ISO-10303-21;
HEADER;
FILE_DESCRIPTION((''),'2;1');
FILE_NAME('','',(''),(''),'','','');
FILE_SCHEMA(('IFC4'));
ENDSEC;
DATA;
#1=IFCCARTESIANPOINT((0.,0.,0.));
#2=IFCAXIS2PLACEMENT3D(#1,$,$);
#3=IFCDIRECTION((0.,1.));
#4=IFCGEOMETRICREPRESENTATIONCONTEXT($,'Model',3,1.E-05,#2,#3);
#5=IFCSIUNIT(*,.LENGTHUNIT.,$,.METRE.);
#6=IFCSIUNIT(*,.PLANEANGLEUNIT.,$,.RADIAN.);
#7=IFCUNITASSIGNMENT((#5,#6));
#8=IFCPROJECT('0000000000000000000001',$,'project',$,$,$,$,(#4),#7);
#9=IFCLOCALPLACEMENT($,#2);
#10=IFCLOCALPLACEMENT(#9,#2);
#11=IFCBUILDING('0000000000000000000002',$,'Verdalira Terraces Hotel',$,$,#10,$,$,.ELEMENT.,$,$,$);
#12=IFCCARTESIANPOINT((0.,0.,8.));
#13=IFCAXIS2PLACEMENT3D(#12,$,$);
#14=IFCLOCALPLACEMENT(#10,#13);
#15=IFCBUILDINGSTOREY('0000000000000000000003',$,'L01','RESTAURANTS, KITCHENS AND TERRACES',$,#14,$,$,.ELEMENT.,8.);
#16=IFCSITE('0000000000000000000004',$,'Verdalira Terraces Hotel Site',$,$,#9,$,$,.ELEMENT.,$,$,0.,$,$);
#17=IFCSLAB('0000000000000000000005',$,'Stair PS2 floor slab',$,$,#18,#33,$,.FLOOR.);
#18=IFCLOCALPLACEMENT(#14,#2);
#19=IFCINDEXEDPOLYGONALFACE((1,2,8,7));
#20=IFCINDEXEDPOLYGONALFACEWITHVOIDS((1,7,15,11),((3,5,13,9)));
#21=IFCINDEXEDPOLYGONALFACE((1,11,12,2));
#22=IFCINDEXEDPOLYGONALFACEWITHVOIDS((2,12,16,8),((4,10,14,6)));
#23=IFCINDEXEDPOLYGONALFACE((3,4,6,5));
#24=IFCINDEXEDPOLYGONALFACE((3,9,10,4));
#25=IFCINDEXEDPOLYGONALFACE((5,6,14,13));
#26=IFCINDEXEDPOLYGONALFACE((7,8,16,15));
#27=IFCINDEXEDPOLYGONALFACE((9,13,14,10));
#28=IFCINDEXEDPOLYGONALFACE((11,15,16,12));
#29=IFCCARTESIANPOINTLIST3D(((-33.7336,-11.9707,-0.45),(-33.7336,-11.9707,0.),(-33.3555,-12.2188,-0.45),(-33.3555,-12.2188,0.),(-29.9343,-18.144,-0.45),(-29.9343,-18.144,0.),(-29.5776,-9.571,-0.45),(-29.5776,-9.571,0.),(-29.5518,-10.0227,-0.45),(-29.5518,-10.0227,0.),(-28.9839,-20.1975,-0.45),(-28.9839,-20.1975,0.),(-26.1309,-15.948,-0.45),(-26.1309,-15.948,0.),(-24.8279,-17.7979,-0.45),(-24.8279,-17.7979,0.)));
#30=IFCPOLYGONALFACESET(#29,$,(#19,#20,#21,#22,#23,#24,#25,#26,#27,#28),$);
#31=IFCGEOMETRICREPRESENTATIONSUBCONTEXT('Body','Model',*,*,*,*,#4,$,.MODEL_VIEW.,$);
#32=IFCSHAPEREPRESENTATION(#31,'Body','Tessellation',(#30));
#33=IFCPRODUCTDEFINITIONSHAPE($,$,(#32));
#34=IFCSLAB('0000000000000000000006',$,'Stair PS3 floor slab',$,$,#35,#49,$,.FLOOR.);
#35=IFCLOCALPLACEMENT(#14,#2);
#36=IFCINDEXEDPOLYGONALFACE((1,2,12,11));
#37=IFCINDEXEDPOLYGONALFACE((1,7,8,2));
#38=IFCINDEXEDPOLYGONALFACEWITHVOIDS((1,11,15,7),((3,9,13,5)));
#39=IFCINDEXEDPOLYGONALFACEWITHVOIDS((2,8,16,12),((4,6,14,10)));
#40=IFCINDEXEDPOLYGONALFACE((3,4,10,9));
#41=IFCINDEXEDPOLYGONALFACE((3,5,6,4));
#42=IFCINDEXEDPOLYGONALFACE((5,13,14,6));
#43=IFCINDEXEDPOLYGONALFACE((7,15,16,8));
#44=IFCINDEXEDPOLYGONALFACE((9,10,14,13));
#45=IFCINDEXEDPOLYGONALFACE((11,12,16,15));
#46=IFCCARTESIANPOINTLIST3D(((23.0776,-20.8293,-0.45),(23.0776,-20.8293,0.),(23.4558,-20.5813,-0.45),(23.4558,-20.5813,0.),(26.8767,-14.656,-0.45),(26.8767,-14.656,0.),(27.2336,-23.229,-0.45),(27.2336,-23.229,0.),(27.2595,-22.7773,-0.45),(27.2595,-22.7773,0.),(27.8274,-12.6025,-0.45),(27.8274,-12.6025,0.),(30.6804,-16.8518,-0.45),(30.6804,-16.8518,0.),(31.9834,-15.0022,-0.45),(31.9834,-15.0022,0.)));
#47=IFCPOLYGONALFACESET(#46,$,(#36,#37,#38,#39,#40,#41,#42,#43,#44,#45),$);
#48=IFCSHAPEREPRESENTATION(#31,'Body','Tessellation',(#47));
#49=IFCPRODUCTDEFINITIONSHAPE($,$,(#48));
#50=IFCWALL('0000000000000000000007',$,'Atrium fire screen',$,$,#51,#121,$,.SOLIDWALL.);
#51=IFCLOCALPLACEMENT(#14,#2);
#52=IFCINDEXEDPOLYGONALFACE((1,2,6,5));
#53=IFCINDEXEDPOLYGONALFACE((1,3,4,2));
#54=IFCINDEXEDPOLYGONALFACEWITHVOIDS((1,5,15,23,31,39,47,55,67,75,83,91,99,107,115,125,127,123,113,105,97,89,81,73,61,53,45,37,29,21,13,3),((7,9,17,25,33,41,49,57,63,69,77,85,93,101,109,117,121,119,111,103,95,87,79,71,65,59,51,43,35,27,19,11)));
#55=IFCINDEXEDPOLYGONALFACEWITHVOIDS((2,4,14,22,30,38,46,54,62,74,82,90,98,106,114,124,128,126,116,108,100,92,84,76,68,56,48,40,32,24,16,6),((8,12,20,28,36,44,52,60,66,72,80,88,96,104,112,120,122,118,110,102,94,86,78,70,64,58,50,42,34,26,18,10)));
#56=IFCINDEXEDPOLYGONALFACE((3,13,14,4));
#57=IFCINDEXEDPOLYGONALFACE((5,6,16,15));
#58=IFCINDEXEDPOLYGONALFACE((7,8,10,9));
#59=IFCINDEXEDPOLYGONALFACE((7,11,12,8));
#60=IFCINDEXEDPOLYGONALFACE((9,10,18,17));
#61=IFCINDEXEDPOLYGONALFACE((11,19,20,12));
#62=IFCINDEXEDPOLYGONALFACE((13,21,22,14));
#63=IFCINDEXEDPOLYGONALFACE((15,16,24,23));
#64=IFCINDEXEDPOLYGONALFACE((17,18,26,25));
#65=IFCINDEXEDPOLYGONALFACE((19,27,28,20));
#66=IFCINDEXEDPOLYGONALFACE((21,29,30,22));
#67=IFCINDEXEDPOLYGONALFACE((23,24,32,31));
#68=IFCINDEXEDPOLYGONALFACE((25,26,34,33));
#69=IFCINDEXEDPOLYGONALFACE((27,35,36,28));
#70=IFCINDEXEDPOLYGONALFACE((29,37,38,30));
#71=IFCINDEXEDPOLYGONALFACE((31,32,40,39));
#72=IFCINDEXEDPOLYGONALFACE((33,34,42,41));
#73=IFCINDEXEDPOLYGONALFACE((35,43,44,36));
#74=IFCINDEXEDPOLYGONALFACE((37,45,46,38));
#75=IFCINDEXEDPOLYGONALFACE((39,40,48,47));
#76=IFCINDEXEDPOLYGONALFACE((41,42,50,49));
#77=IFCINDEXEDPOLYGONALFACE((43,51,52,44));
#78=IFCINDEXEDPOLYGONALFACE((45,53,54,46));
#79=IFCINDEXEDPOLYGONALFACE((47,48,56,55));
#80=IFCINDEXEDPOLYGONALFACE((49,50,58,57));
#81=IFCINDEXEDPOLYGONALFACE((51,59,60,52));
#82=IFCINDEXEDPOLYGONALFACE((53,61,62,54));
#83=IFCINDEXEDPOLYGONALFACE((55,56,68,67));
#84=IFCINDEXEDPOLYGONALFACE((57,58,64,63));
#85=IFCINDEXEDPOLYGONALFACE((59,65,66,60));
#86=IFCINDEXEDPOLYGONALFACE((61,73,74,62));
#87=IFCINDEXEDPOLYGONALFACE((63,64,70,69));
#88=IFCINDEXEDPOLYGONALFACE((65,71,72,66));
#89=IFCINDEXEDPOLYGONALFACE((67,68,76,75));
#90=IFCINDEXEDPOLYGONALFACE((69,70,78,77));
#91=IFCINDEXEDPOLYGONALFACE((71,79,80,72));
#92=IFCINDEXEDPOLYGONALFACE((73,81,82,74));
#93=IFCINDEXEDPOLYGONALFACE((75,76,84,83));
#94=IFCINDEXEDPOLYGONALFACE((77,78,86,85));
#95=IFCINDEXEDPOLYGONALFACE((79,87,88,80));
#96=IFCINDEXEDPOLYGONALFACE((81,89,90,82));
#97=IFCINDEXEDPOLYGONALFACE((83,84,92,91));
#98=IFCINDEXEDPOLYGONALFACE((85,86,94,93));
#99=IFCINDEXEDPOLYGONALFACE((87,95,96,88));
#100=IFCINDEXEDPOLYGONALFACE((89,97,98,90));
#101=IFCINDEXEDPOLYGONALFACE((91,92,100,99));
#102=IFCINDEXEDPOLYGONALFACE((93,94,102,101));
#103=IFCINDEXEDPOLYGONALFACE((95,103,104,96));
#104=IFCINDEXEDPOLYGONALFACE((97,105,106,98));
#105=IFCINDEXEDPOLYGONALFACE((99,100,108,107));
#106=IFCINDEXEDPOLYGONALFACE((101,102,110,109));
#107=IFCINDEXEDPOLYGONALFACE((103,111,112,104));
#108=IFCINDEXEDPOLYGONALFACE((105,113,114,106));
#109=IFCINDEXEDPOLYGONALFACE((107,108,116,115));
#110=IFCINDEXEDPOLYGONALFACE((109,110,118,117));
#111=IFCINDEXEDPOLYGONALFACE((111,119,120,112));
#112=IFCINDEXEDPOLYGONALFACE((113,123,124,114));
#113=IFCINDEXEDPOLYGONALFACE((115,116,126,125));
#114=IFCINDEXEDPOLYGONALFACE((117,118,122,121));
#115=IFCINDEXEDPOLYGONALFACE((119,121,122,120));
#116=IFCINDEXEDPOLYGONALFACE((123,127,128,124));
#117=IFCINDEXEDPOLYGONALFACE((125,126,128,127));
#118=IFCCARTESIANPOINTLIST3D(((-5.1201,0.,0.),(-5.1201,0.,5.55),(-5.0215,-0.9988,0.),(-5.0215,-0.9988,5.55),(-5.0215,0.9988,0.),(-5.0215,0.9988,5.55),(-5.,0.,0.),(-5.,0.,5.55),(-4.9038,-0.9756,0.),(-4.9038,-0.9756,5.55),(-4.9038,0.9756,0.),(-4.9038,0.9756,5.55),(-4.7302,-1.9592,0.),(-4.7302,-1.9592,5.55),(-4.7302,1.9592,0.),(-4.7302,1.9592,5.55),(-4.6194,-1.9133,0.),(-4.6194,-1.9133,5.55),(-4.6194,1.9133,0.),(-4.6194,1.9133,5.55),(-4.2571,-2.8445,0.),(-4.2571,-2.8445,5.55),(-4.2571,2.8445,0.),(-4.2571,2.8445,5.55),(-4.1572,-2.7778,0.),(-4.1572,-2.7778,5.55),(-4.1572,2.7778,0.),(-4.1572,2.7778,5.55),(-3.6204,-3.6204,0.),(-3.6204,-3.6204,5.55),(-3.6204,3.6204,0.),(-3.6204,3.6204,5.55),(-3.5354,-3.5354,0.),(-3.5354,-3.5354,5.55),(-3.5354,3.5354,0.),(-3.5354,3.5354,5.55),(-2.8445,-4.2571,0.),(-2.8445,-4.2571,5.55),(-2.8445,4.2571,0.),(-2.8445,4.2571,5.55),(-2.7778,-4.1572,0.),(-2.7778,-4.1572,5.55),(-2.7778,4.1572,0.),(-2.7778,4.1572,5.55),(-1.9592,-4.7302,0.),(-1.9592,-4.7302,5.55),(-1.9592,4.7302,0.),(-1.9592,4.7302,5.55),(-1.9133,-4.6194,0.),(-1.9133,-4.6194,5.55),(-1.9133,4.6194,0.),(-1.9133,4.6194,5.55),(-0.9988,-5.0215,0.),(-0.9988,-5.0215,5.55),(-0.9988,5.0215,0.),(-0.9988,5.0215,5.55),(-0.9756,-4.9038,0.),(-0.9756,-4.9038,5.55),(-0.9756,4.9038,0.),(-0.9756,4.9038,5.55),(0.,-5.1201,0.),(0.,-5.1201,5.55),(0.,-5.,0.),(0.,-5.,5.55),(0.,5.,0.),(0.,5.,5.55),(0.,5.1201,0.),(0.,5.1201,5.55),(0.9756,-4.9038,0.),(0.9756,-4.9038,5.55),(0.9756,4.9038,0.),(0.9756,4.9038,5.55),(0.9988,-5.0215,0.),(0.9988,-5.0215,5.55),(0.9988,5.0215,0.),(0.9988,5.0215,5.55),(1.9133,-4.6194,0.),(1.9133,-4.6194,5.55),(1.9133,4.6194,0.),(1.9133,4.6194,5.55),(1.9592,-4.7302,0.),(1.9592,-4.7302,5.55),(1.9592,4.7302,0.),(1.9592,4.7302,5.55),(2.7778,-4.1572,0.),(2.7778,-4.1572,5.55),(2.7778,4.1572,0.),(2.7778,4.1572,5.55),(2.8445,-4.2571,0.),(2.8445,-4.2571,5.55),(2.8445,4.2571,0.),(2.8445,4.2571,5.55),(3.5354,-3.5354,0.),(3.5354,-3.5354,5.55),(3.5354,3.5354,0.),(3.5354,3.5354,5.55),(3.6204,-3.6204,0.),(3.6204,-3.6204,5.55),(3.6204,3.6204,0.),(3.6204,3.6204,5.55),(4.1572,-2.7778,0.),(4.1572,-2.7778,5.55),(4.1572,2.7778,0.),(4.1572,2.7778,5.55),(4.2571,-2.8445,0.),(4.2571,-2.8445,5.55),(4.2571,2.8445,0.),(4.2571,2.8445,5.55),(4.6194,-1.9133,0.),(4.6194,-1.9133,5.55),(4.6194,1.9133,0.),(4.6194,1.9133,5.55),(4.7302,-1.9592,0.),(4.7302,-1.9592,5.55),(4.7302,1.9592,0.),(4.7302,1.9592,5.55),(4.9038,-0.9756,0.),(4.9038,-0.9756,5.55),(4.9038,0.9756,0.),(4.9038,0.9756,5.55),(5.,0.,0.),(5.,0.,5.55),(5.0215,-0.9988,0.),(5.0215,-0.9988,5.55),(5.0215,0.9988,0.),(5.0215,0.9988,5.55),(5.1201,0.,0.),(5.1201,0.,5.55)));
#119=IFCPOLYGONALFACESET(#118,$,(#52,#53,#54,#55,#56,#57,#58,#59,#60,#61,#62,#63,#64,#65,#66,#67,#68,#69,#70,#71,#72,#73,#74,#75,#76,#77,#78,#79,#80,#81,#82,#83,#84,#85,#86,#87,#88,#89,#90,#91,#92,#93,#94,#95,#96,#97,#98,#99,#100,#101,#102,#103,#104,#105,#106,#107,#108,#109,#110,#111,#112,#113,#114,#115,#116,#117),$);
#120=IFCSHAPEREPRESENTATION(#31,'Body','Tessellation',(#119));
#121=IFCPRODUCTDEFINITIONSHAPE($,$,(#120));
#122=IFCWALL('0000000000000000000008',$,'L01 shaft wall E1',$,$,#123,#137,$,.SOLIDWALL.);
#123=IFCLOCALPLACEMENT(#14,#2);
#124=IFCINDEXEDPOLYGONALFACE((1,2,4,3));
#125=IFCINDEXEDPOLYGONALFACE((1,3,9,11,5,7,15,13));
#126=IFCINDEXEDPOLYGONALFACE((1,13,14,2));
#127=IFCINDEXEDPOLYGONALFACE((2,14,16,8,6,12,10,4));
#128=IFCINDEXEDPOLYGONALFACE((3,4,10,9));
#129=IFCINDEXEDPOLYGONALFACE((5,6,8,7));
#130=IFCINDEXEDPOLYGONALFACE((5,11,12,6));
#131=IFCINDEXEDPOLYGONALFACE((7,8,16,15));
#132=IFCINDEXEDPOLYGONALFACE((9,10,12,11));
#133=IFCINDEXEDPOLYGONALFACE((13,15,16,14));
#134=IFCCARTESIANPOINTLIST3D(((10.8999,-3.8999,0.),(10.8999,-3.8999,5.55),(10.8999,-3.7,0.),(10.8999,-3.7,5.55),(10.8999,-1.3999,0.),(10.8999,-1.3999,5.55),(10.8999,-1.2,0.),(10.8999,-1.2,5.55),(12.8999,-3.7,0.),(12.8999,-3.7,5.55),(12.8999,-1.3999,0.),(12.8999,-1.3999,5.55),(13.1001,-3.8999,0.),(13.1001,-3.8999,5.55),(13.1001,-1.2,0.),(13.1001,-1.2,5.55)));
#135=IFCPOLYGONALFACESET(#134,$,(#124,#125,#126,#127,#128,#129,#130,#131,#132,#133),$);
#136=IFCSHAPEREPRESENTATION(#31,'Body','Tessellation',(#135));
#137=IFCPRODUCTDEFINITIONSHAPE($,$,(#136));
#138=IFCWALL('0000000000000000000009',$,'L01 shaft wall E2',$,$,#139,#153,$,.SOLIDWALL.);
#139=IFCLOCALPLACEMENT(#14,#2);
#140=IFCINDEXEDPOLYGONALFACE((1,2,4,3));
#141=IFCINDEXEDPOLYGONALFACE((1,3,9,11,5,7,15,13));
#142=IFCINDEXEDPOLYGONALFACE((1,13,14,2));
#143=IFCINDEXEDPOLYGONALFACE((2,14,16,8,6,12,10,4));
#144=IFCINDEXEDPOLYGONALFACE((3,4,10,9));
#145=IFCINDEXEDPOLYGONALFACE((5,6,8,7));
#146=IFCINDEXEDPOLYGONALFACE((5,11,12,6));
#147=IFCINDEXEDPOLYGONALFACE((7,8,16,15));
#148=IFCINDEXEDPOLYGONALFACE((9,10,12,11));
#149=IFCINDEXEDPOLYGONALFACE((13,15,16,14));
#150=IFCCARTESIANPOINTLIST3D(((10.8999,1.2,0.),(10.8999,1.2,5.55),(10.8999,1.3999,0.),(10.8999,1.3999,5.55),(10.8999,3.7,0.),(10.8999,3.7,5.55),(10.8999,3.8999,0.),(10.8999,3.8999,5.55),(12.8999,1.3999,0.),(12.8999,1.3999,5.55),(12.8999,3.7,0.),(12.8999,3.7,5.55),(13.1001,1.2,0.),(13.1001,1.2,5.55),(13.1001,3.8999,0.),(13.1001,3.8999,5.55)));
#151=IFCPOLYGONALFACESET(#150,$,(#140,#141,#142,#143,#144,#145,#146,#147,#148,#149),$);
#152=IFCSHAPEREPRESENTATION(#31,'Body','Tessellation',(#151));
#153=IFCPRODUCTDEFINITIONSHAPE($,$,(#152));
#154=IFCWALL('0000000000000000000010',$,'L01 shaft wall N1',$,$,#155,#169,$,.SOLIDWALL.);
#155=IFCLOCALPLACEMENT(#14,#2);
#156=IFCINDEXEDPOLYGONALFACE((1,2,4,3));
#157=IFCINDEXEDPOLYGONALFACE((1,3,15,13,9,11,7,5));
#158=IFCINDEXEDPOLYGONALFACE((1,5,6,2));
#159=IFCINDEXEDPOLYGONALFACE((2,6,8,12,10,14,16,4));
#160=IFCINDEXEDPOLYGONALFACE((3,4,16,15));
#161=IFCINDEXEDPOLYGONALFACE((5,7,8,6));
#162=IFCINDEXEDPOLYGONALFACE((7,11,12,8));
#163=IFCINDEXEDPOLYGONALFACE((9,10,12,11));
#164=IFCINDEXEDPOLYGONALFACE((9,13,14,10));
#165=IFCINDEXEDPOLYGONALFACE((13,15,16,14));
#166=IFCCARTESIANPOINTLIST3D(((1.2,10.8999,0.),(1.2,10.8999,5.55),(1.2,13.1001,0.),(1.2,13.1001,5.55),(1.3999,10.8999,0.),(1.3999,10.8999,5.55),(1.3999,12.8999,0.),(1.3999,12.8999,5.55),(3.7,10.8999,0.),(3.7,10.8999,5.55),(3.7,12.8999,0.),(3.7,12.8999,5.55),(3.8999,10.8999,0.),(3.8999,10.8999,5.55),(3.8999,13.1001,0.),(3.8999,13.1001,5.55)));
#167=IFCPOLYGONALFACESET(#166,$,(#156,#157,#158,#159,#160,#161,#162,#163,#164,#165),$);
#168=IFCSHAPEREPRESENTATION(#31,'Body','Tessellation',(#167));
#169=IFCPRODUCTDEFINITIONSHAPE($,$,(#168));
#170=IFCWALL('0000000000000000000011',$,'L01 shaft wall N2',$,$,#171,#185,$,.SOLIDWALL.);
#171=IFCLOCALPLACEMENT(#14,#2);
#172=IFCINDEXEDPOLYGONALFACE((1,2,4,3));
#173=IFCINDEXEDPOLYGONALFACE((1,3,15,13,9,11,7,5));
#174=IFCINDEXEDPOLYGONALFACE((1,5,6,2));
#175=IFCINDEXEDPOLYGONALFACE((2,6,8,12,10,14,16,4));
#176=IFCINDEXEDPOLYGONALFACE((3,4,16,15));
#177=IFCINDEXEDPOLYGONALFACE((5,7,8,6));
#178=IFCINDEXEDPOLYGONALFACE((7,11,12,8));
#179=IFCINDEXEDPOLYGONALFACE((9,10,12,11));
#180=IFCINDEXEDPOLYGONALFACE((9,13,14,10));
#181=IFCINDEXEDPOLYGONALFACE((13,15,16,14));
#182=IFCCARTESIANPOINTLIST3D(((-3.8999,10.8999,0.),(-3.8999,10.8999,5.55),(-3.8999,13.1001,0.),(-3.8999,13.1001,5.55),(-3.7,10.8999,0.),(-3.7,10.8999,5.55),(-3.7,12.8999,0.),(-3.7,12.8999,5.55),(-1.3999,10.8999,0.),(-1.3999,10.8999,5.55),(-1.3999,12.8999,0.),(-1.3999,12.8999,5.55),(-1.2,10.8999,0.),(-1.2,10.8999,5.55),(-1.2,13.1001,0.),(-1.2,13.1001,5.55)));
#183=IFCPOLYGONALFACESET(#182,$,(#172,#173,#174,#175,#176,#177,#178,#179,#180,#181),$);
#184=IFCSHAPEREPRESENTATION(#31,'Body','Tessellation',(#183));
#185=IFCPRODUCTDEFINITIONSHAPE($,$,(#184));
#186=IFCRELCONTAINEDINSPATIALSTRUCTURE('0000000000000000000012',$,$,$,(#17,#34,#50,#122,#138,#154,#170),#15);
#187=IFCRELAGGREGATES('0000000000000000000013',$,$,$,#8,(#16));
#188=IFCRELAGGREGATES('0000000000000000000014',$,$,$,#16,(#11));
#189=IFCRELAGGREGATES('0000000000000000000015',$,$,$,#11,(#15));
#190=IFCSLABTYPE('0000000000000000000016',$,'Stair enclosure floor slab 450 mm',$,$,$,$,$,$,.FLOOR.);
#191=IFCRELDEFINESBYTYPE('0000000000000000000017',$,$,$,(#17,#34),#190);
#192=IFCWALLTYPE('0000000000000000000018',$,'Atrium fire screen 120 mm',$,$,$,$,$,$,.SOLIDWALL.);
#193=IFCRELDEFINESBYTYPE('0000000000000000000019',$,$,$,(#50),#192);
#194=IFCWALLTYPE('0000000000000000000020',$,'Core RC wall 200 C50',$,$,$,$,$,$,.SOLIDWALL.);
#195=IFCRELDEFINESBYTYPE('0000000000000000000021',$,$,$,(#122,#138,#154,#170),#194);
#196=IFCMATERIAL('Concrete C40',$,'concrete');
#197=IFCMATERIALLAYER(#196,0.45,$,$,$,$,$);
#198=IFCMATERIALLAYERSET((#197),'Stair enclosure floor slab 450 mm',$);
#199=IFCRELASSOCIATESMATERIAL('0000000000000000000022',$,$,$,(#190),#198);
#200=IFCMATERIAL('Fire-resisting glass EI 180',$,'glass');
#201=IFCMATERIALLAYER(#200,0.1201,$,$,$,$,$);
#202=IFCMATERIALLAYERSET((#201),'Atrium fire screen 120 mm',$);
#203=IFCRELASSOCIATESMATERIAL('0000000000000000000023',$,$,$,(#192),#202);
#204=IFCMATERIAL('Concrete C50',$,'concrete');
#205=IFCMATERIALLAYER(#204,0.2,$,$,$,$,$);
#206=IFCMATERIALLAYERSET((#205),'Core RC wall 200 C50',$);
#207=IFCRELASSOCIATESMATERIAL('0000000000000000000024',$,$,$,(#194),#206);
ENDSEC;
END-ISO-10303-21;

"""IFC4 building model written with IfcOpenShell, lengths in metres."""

from ifc_helpers import new_model, si_unit, direction, frame, origin, place, context, subcontext, project, spatial, polyline, outline, extrude, material, layer, layer_set, type_object, element, save


model = new_model("IFC4")

# Units and contexts
model_context = context("Model", 3, precision=1e-05, world=origin(), true_north=direction((0.0, 1.0)))
body_context = subcontext(model_context, "Body", "Model", "MODEL_VIEW")
ifc_project = project(units=[si_unit("LENGTHUNIT", "METRE"), si_unit("PLANEANGLEUNIT", "RADIAN")], contexts=[model_context])

# Site, building, storey
site_placement = place(None, origin())
site = spatial("IfcSite", under=ifc_project, at=site_placement, Name="Verdalira Terraces Hotel Site", CompositionType="ELEMENT", RefElevation=0.0)
building_placement = place(site_placement, origin())
building = spatial("IfcBuilding", under=site, at=building_placement, Name="Verdalira Terraces Hotel", CompositionType="ELEMENT")
storey_placement = place(building_placement, frame((0.0, 0.0, 8.0)))
storey = spatial("IfcBuildingStorey", under=building, at=storey_placement, Name="L01", Description="RESTAURANTS, KITCHENS AND TERRACES", CompositionType="ELEMENT", Elevation=8.0)

# Slabs
ifc_material_1 = material(Name="Concrete C40", Category="concrete")
ifc_layer_1 = layer(ifc_material_1, 0.45)
ifc_layer_set_1 = layer_set([ifc_layer_1], Name="Stair enclosure floor slab 450 mm")
slab_type_1 = type_object("IfcSlabType", Name="Stair enclosure floor slab 450 mm", PredefinedType="FLOOR", material=ifc_layer_set_1)
slab_1_placement = place(storey_placement, frame((0.0, 0.0, -0.45)))
element("IfcSlab", 1, at=slab_1_placement, inside=storey, type_object=slab_type_1, Name="Stair PS2 floor slab", PredefinedType="FLOOR", context=body_context, shape_type="SweptSolid", body=[
    extrude(outline(polyline([(-24.8279, -17.7979), (-28.9839, -20.1975), (-33.7336, -11.9707), (-29.5776, -9.571), (-24.8279, -17.7979)]), holes=[polyline([(-29.9343, -18.144), (-26.1309, -15.948), (-29.5518, -10.0227), (-33.3555, -12.2188), (-29.9343, -18.144)])]), origin(), (0.0, 0.0, 1.0), 0.45),
])
slab_2_placement = place(storey_placement, frame((0.0, 0.0, -0.45)))
element("IfcSlab", 2, at=slab_2_placement, inside=storey, type_object=slab_type_1, Name="Stair PS3 floor slab", PredefinedType="FLOOR", context=body_context, shape_type="SweptSolid", body=[
    extrude(outline(polyline([(27.8274, -12.6025), (31.9834, -15.0022), (27.2336, -23.229), (23.0776, -20.8293), (27.8274, -12.6025)]), holes=[polyline([(30.6804, -16.8518), (26.8767, -14.656), (23.4558, -20.5813), (27.2595, -22.7773), (30.6804, -16.8518)])]), origin(), (0.0, 0.0, 1.0), 0.45),
])

# Walls
ifc_material_2 = material(Name="Fire-resisting glass EI 180", Category="glass")
ifc_layer_2 = layer(ifc_material_2, 0.1201)
ifc_layer_set_2 = layer_set([ifc_layer_2], Name="Atrium fire screen 120 mm")
wall_type_1 = type_object("IfcWallType", Name="Atrium fire screen 120 mm", PredefinedType="SOLIDWALL", material=ifc_layer_set_2)
wall_1_placement = place(storey_placement, origin())
element("IfcWall", 3, at=wall_1_placement, inside=storey, type_object=wall_type_1, Name="Atrium fire screen", PredefinedType="SOLIDWALL", context=body_context, shape_type="SweptSolid", body=[
    extrude(outline(polyline([(5.0215, -0.9988), (4.7302, -1.9592), (4.2571, -2.8445), (3.6204, -3.6204), (2.8445, -4.2571), (1.9592, -4.7302), (0.9988, -5.0215), (0.0, -5.1201), (-0.9988, -5.0215), (-1.9592, -4.7302), (-2.8445, -4.2571), (-3.6204, -3.6204), (-4.2571, -2.8445), (-4.7302, -1.9592), (-5.0215, -0.9988), (-5.1201, 0.0), (-5.0215, 0.9988), (-4.7302, 1.9592), (-4.2571, 2.8445), (-3.6204, 3.6204), (-2.8445, 4.2571), (-1.9592, 4.7302), (-0.9988, 5.0215), (0.0, 5.1201), (0.9988, 5.0215), (1.9592, 4.7302), (2.8445, 4.2571), (3.6204, 3.6204), (4.2571, 2.8445), (4.7302, 1.9592), (5.0215, 0.9988), (5.1201, 0.0), (5.0215, -0.9988)]), holes=[polyline([(4.9038, 0.9756), (4.6194, 1.9133), (4.1572, 2.7778), (3.5354, 3.5354), (2.7778, 4.1572), (1.9133, 4.6194), (0.9756, 4.9038), (0.0, 5.0), (-0.9756, 4.9038), (-1.9133, 4.6194), (-2.7778, 4.1572), (-3.5354, 3.5354), (-4.1572, 2.7778), (-4.6194, 1.9133), (-4.9038, 0.9756), (-5.0, 0.0), (-4.9038, -0.9756), (-4.6194, -1.9133), (-4.1572, -2.7778), (-3.5354, -3.5354), (-2.7778, -4.1572), (-1.9133, -4.6194), (-0.9756, -4.9038), (0.0, -5.0), (0.9756, -4.9038), (1.9133, -4.6194), (2.7778, -4.1572), (3.5354, -3.5354), (4.1572, -2.7778), (4.6194, -1.9133), (4.9038, -0.9756), (5.0, 0.0), (4.9038, 0.9756)])]), origin(), (0.0, 0.0, 1.0), 5.55),
])
ifc_material_3 = material(Name="Concrete C50", Category="concrete")
ifc_layer_3 = layer(ifc_material_3, 0.2)
ifc_layer_set_3 = layer_set([ifc_layer_3], Name="Core RC wall 200 C50")
wall_type_2 = type_object("IfcWallType", Name="Core RC wall 200 C50", PredefinedType="SOLIDWALL", material=ifc_layer_set_3)
wall_2_placement = place(storey_placement, origin())
element("IfcWall", 4, at=wall_2_placement, inside=storey, type_object=wall_type_2, Name="L01 shaft wall E1", PredefinedType="SOLIDWALL", context=body_context, shape_type="SweptSolid", body=[
    extrude(outline(polyline([(13.1001, -3.8999), (10.8999, -3.8999), (10.8999, -3.7), (12.8999, -3.7), (12.8999, -1.3999), (10.8999, -1.3999), (10.8999, -1.2), (13.1001, -1.2), (13.1001, -3.8999)])), origin(), (0.0, 0.0, 1.0), 5.55),
])
wall_3_placement = place(storey_placement, origin())
element("IfcWall", 5, at=wall_3_placement, inside=storey, type_object=wall_type_2, Name="L01 shaft wall E2", PredefinedType="SOLIDWALL", context=body_context, shape_type="SweptSolid", body=[
    extrude(outline(polyline([(13.1001, 3.8999), (13.1001, 1.2), (10.8999, 1.2), (10.8999, 1.3999), (12.8999, 1.3999), (12.8999, 3.7), (10.8999, 3.7), (10.8999, 3.8999), (13.1001, 3.8999)])), origin(), (0.0, 0.0, 1.0), 5.55),
])
wall_4_placement = place(storey_placement, origin())
element("IfcWall", 6, at=wall_4_placement, inside=storey, type_object=wall_type_2, Name="L01 shaft wall N1", PredefinedType="SOLIDWALL", context=body_context, shape_type="SweptSolid", body=[
    extrude(outline(polyline([(3.8999, 13.1001), (3.8999, 10.8999), (3.7, 10.8999), (3.7, 12.8999), (1.3999, 12.8999), (1.3999, 10.8999), (1.2, 10.8999), (1.2, 13.1001), (3.8999, 13.1001)])), origin(), (0.0, 0.0, 1.0), 5.55),
])
wall_5_placement = place(storey_placement, origin())
element("IfcWall", 7, at=wall_5_placement, inside=storey, type_object=wall_type_2, Name="L01 shaft wall N2", PredefinedType="SOLIDWALL", context=body_context, shape_type="SweptSolid", body=[
    extrude(outline(polyline([(-3.8999, 10.8999), (-3.8999, 13.1001), (-1.2, 13.1001), (-1.2, 10.8999), (-1.3999, 10.8999), (-1.3999, 12.8999), (-3.7, 12.8999), (-3.7, 10.8999), (-3.8999, 10.8999)])), origin(), (0.0, 0.0, 1.0), 5.55),
])

save(model, "model.ifc")
